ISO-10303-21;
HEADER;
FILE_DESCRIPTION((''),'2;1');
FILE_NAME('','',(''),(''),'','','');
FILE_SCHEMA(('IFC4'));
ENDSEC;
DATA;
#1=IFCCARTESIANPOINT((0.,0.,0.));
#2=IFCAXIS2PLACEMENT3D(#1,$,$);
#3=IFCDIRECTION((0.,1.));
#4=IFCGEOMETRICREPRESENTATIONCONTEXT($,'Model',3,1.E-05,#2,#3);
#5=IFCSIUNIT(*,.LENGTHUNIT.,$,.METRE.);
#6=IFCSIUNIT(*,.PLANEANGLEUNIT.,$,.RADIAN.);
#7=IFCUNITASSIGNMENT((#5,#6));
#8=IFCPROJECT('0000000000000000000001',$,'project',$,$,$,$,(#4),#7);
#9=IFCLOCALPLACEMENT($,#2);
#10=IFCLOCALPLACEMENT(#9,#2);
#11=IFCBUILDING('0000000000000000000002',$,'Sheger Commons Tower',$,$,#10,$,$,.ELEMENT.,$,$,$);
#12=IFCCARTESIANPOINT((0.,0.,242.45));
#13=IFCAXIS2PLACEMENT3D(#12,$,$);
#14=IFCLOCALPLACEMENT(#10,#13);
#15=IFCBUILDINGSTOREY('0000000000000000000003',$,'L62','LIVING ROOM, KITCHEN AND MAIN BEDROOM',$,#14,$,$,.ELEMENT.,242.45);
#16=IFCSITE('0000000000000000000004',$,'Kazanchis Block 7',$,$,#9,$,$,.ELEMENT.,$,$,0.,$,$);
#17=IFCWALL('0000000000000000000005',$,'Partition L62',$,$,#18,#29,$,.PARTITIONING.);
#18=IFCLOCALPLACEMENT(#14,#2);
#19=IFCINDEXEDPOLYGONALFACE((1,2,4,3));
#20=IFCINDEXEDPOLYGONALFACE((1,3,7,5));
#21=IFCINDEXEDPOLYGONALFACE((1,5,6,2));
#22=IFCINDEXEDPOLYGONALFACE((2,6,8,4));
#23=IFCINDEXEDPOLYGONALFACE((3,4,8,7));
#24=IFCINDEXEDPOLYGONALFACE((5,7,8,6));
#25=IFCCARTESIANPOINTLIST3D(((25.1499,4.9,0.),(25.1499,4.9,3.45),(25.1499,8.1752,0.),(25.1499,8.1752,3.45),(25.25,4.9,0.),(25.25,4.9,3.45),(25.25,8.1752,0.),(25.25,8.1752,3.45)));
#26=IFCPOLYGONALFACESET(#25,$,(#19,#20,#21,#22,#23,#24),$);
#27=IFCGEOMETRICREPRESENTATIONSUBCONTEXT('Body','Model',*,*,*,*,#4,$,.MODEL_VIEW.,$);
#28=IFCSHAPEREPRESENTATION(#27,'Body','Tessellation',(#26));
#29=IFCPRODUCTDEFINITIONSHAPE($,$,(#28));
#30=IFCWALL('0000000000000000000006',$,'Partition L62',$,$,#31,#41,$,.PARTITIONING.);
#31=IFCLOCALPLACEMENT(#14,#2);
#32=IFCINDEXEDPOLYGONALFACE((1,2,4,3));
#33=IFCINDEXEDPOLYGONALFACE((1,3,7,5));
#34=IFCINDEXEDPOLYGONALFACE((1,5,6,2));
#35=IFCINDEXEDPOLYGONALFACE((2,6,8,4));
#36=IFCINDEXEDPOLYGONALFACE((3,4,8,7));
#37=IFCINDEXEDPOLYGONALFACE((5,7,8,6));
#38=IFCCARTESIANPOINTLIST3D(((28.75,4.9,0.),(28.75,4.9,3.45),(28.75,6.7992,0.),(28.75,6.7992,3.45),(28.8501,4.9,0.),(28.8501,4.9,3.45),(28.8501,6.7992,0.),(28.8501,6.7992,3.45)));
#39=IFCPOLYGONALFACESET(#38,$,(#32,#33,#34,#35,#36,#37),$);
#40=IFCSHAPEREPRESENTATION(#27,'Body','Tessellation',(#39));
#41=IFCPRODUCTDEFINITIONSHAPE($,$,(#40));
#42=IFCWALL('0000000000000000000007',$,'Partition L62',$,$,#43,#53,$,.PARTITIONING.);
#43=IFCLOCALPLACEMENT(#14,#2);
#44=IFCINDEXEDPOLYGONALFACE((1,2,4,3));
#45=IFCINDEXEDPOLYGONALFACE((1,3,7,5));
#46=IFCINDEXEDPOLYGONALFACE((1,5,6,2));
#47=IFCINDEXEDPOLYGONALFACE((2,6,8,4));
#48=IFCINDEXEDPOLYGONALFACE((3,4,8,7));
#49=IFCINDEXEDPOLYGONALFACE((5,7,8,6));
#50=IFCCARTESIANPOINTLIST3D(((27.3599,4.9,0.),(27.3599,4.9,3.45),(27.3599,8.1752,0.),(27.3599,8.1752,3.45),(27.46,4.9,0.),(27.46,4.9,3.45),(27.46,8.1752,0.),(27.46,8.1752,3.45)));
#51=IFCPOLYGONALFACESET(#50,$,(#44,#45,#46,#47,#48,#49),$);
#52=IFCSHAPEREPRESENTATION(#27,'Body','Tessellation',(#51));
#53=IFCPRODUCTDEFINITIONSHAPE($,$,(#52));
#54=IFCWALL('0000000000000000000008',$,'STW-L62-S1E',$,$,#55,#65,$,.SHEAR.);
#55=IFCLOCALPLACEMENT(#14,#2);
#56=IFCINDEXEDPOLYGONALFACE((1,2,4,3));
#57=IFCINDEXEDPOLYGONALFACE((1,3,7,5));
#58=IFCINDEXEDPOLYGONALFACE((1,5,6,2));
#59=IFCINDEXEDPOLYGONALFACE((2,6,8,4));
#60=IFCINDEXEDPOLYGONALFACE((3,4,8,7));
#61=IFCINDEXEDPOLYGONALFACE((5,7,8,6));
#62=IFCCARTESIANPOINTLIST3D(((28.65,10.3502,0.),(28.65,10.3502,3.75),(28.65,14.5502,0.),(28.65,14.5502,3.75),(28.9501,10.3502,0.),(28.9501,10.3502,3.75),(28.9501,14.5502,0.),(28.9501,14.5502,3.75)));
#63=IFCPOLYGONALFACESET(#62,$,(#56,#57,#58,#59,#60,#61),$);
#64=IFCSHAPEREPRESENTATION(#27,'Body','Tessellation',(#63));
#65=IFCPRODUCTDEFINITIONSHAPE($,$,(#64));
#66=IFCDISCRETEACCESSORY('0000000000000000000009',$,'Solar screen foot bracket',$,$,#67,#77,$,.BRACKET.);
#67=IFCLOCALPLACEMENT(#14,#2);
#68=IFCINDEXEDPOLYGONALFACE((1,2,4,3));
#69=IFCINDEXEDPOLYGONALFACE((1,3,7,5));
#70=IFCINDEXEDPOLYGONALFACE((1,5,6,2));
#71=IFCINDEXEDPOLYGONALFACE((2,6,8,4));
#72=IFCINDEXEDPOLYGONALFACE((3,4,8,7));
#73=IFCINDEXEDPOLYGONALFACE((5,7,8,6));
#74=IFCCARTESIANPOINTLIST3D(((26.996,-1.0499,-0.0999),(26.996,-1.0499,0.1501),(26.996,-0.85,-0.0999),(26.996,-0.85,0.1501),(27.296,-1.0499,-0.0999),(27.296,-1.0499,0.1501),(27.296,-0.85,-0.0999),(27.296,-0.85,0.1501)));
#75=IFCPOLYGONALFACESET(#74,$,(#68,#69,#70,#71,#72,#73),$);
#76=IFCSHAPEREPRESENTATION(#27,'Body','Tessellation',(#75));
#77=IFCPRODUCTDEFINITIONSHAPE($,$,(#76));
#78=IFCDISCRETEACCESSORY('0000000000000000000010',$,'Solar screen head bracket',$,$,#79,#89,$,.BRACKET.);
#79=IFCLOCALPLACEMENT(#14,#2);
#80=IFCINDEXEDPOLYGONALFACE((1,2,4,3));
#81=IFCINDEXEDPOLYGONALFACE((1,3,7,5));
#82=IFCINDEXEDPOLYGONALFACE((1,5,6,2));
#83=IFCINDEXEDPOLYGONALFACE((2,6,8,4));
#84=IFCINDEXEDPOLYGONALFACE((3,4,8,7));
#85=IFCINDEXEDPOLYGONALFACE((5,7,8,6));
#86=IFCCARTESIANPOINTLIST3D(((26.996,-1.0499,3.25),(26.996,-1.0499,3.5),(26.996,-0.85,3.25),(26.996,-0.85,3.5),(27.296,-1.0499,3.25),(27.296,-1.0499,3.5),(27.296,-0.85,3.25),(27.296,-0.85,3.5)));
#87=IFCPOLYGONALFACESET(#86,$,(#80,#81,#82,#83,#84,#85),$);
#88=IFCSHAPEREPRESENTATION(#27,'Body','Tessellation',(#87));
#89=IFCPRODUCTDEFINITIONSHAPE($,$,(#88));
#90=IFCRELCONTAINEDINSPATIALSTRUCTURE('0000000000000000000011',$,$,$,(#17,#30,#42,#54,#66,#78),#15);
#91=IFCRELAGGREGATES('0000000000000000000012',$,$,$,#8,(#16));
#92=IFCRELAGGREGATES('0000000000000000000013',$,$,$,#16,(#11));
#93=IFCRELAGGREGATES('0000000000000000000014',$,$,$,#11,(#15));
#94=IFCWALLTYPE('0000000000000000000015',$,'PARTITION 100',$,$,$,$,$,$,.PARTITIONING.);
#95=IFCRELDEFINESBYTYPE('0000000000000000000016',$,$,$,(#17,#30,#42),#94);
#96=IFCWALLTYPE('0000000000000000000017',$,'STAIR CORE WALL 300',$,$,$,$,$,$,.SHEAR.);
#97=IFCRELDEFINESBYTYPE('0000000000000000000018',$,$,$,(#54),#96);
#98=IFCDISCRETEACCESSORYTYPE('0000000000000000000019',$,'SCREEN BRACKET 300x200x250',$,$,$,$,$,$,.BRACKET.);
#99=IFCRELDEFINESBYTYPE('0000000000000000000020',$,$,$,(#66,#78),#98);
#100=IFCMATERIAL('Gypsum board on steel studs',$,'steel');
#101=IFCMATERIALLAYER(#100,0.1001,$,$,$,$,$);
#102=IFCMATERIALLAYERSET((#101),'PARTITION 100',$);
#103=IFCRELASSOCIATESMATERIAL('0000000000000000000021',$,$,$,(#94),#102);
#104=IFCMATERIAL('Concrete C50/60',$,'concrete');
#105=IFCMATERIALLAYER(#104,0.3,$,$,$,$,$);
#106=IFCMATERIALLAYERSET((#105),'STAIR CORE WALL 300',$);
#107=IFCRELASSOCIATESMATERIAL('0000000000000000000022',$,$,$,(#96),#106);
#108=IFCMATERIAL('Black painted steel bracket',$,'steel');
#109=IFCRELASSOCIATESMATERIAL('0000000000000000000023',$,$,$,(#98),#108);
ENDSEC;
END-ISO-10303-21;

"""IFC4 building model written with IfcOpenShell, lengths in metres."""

from ifc_helpers import new_model, si_unit, direction, frame, frame_2d, origin, origin_2d, place, context, subcontext, project, spatial, rectangle, extrude, material, layer, layer_set, type_object, element, save


model = new_model("IFC4")

# Units and contexts
model_context = context("Model", 3, precision=1e-05, world=origin(), true_north=direction((0.0, 1.0)))
body_context = subcontext(model_context, "Body", "Model", "MODEL_VIEW")
ifc_project = project(units=[si_unit("LENGTHUNIT", "METRE"), si_unit("PLANEANGLEUNIT", "RADIAN")], contexts=[model_context])

# Site, building, storey
site_placement = place(None, origin())
site = spatial("IfcSite", under=ifc_project, at=site_placement, Name="Kazanchis Block 7", CompositionType="ELEMENT", RefElevation=0.0)
building_placement = place(site_placement, origin())
building = spatial("IfcBuilding", under=site, at=building_placement, Name="Sheger Commons Tower", CompositionType="ELEMENT")
storey_placement = place(building_placement, frame((0.0, 0.0, 242.45)))
storey = spatial("IfcBuildingStorey", under=building, at=storey_placement, Name="L62", Description="LIVING ROOM, KITCHEN AND MAIN BEDROOM", CompositionType="ELEMENT", Elevation=242.45)

# Walls
ifc_material_1 = material(Name="Gypsum board on steel studs", Category="steel")
ifc_layer_1 = layer(ifc_material_1, 0.1001)
ifc_layer_set_1 = layer_set([ifc_layer_1], Name="PARTITION 100")
wall_type_1 = type_object("IfcWallType", Name="PARTITION 100", PredefinedType="PARTITIONING", material=ifc_layer_set_1)
wall_1_placement = place(storey_placement, frame((25.2, 4.8999, 0.0), z_axis=(0.0, 0.0, 1.0), x_axis=(0.0, 1.0, 0.0)))
element("IfcWall", 1, at=wall_1_placement, inside=storey, type_object=wall_type_1, Name="Partition L62", PredefinedType="PARTITIONING", context=body_context, shape_type="SweptSolid", body=[
    extrude(rectangle(XDim=3.2751, YDim=0.1001, at=frame_2d((1.6377, 0.0))), origin(), (0.0, 0.0, 1.0), 3.45),
])
wall_2_placement = place(storey_placement, frame((28.8, 4.8999, 0.0), z_axis=(0.0, 0.0, 1.0), x_axis=(0.0, 1.0, 0.0)))
element("IfcWall", 2, at=wall_2_placement, inside=storey, type_object=wall_type_1, Name="Partition L62", PredefinedType="PARTITIONING", context=body_context, shape_type="SweptSolid", body=[
    extrude(rectangle(XDim=1.8992, YDim=0.1001, at=frame_2d((0.9497, 0.0))), origin(), (0.0, 0.0, 1.0), 3.45),
])
wall_3_placement = place(storey_placement, frame((27.4099, 4.8999, 0.0), z_axis=(0.0, 0.0, 1.0), x_axis=(0.0, 1.0, 0.0)))
element("IfcWall", 3, at=wall_3_placement, inside=storey, type_object=wall_type_1, Name="Partition L62", PredefinedType="PARTITIONING", context=body_context, shape_type="SweptSolid", body=[
    extrude(rectangle(XDim=3.2751, YDim=0.1001, at=frame_2d((1.6377, 0.0))), origin(), (0.0, 0.0, 1.0), 3.45),
])
ifc_material_2 = material(Name="Concrete C50/60", Category="concrete")
ifc_layer_2 = layer(ifc_material_2, 0.3)
ifc_layer_set_2 = layer_set([ifc_layer_2], Name="STAIR CORE WALL 300")
wall_type_2 = type_object("IfcWallType", Name="STAIR CORE WALL 300", PredefinedType="SHEAR", material=ifc_layer_set_2)
wall_4_placement = place(storey_placement, frame((28.8, 10.3501, 0.0), z_axis=(0.0, 0.0, 1.0), x_axis=(0.0, 1.0, 0.0)))
element("IfcWall", 4, at=wall_4_placement, inside=storey, type_object=wall_type_2, Name="STW-L62-S1E", PredefinedType="SHEAR", context=body_context, shape_type="SweptSolid", body=[
    extrude(rectangle(XDim=4.2, YDim=0.3, at=frame_2d((2.1001, 0.0))), origin(), (0.0, 0.0, 1.0), 3.75),
])

# Discrete accessories
ifc_material_3 = material(Name="Black painted steel bracket", Category="steel")
discrete_accessory_type = type_object("IfcDiscreteAccessoryType", Name="SCREEN BRACKET 300x200x250", PredefinedType="BRACKET", material=ifc_material_3)
for number, where, z_axis, x_axis, name in (
    (5, (27.146, -0.95, -0.0999), (0.0, 0.0, 1.0), (1.0, 0.0, 0.0), "Solar screen foot bracket"),
    (6, (27.146, -0.95, 3.25), (0.0, 0.0, 1.0), (1.0, 0.0, 0.0), "Solar screen head bracket"),
):
    element("IfcDiscreteAccessory", number, at=place(storey_placement, frame(where, z_axis=z_axis, x_axis=x_axis)), inside=storey, type_object=discrete_accessory_type, Name=name, PredefinedType="BRACKET", context=body_context, shape_type="SweptSolid", body=[
        extrude(rectangle(XDim=0.3, YDim=0.2, at=origin_2d()), origin(), (0.0, 0.0, 1.0), 0.25),
    ])

save(model, "model.ifc")
